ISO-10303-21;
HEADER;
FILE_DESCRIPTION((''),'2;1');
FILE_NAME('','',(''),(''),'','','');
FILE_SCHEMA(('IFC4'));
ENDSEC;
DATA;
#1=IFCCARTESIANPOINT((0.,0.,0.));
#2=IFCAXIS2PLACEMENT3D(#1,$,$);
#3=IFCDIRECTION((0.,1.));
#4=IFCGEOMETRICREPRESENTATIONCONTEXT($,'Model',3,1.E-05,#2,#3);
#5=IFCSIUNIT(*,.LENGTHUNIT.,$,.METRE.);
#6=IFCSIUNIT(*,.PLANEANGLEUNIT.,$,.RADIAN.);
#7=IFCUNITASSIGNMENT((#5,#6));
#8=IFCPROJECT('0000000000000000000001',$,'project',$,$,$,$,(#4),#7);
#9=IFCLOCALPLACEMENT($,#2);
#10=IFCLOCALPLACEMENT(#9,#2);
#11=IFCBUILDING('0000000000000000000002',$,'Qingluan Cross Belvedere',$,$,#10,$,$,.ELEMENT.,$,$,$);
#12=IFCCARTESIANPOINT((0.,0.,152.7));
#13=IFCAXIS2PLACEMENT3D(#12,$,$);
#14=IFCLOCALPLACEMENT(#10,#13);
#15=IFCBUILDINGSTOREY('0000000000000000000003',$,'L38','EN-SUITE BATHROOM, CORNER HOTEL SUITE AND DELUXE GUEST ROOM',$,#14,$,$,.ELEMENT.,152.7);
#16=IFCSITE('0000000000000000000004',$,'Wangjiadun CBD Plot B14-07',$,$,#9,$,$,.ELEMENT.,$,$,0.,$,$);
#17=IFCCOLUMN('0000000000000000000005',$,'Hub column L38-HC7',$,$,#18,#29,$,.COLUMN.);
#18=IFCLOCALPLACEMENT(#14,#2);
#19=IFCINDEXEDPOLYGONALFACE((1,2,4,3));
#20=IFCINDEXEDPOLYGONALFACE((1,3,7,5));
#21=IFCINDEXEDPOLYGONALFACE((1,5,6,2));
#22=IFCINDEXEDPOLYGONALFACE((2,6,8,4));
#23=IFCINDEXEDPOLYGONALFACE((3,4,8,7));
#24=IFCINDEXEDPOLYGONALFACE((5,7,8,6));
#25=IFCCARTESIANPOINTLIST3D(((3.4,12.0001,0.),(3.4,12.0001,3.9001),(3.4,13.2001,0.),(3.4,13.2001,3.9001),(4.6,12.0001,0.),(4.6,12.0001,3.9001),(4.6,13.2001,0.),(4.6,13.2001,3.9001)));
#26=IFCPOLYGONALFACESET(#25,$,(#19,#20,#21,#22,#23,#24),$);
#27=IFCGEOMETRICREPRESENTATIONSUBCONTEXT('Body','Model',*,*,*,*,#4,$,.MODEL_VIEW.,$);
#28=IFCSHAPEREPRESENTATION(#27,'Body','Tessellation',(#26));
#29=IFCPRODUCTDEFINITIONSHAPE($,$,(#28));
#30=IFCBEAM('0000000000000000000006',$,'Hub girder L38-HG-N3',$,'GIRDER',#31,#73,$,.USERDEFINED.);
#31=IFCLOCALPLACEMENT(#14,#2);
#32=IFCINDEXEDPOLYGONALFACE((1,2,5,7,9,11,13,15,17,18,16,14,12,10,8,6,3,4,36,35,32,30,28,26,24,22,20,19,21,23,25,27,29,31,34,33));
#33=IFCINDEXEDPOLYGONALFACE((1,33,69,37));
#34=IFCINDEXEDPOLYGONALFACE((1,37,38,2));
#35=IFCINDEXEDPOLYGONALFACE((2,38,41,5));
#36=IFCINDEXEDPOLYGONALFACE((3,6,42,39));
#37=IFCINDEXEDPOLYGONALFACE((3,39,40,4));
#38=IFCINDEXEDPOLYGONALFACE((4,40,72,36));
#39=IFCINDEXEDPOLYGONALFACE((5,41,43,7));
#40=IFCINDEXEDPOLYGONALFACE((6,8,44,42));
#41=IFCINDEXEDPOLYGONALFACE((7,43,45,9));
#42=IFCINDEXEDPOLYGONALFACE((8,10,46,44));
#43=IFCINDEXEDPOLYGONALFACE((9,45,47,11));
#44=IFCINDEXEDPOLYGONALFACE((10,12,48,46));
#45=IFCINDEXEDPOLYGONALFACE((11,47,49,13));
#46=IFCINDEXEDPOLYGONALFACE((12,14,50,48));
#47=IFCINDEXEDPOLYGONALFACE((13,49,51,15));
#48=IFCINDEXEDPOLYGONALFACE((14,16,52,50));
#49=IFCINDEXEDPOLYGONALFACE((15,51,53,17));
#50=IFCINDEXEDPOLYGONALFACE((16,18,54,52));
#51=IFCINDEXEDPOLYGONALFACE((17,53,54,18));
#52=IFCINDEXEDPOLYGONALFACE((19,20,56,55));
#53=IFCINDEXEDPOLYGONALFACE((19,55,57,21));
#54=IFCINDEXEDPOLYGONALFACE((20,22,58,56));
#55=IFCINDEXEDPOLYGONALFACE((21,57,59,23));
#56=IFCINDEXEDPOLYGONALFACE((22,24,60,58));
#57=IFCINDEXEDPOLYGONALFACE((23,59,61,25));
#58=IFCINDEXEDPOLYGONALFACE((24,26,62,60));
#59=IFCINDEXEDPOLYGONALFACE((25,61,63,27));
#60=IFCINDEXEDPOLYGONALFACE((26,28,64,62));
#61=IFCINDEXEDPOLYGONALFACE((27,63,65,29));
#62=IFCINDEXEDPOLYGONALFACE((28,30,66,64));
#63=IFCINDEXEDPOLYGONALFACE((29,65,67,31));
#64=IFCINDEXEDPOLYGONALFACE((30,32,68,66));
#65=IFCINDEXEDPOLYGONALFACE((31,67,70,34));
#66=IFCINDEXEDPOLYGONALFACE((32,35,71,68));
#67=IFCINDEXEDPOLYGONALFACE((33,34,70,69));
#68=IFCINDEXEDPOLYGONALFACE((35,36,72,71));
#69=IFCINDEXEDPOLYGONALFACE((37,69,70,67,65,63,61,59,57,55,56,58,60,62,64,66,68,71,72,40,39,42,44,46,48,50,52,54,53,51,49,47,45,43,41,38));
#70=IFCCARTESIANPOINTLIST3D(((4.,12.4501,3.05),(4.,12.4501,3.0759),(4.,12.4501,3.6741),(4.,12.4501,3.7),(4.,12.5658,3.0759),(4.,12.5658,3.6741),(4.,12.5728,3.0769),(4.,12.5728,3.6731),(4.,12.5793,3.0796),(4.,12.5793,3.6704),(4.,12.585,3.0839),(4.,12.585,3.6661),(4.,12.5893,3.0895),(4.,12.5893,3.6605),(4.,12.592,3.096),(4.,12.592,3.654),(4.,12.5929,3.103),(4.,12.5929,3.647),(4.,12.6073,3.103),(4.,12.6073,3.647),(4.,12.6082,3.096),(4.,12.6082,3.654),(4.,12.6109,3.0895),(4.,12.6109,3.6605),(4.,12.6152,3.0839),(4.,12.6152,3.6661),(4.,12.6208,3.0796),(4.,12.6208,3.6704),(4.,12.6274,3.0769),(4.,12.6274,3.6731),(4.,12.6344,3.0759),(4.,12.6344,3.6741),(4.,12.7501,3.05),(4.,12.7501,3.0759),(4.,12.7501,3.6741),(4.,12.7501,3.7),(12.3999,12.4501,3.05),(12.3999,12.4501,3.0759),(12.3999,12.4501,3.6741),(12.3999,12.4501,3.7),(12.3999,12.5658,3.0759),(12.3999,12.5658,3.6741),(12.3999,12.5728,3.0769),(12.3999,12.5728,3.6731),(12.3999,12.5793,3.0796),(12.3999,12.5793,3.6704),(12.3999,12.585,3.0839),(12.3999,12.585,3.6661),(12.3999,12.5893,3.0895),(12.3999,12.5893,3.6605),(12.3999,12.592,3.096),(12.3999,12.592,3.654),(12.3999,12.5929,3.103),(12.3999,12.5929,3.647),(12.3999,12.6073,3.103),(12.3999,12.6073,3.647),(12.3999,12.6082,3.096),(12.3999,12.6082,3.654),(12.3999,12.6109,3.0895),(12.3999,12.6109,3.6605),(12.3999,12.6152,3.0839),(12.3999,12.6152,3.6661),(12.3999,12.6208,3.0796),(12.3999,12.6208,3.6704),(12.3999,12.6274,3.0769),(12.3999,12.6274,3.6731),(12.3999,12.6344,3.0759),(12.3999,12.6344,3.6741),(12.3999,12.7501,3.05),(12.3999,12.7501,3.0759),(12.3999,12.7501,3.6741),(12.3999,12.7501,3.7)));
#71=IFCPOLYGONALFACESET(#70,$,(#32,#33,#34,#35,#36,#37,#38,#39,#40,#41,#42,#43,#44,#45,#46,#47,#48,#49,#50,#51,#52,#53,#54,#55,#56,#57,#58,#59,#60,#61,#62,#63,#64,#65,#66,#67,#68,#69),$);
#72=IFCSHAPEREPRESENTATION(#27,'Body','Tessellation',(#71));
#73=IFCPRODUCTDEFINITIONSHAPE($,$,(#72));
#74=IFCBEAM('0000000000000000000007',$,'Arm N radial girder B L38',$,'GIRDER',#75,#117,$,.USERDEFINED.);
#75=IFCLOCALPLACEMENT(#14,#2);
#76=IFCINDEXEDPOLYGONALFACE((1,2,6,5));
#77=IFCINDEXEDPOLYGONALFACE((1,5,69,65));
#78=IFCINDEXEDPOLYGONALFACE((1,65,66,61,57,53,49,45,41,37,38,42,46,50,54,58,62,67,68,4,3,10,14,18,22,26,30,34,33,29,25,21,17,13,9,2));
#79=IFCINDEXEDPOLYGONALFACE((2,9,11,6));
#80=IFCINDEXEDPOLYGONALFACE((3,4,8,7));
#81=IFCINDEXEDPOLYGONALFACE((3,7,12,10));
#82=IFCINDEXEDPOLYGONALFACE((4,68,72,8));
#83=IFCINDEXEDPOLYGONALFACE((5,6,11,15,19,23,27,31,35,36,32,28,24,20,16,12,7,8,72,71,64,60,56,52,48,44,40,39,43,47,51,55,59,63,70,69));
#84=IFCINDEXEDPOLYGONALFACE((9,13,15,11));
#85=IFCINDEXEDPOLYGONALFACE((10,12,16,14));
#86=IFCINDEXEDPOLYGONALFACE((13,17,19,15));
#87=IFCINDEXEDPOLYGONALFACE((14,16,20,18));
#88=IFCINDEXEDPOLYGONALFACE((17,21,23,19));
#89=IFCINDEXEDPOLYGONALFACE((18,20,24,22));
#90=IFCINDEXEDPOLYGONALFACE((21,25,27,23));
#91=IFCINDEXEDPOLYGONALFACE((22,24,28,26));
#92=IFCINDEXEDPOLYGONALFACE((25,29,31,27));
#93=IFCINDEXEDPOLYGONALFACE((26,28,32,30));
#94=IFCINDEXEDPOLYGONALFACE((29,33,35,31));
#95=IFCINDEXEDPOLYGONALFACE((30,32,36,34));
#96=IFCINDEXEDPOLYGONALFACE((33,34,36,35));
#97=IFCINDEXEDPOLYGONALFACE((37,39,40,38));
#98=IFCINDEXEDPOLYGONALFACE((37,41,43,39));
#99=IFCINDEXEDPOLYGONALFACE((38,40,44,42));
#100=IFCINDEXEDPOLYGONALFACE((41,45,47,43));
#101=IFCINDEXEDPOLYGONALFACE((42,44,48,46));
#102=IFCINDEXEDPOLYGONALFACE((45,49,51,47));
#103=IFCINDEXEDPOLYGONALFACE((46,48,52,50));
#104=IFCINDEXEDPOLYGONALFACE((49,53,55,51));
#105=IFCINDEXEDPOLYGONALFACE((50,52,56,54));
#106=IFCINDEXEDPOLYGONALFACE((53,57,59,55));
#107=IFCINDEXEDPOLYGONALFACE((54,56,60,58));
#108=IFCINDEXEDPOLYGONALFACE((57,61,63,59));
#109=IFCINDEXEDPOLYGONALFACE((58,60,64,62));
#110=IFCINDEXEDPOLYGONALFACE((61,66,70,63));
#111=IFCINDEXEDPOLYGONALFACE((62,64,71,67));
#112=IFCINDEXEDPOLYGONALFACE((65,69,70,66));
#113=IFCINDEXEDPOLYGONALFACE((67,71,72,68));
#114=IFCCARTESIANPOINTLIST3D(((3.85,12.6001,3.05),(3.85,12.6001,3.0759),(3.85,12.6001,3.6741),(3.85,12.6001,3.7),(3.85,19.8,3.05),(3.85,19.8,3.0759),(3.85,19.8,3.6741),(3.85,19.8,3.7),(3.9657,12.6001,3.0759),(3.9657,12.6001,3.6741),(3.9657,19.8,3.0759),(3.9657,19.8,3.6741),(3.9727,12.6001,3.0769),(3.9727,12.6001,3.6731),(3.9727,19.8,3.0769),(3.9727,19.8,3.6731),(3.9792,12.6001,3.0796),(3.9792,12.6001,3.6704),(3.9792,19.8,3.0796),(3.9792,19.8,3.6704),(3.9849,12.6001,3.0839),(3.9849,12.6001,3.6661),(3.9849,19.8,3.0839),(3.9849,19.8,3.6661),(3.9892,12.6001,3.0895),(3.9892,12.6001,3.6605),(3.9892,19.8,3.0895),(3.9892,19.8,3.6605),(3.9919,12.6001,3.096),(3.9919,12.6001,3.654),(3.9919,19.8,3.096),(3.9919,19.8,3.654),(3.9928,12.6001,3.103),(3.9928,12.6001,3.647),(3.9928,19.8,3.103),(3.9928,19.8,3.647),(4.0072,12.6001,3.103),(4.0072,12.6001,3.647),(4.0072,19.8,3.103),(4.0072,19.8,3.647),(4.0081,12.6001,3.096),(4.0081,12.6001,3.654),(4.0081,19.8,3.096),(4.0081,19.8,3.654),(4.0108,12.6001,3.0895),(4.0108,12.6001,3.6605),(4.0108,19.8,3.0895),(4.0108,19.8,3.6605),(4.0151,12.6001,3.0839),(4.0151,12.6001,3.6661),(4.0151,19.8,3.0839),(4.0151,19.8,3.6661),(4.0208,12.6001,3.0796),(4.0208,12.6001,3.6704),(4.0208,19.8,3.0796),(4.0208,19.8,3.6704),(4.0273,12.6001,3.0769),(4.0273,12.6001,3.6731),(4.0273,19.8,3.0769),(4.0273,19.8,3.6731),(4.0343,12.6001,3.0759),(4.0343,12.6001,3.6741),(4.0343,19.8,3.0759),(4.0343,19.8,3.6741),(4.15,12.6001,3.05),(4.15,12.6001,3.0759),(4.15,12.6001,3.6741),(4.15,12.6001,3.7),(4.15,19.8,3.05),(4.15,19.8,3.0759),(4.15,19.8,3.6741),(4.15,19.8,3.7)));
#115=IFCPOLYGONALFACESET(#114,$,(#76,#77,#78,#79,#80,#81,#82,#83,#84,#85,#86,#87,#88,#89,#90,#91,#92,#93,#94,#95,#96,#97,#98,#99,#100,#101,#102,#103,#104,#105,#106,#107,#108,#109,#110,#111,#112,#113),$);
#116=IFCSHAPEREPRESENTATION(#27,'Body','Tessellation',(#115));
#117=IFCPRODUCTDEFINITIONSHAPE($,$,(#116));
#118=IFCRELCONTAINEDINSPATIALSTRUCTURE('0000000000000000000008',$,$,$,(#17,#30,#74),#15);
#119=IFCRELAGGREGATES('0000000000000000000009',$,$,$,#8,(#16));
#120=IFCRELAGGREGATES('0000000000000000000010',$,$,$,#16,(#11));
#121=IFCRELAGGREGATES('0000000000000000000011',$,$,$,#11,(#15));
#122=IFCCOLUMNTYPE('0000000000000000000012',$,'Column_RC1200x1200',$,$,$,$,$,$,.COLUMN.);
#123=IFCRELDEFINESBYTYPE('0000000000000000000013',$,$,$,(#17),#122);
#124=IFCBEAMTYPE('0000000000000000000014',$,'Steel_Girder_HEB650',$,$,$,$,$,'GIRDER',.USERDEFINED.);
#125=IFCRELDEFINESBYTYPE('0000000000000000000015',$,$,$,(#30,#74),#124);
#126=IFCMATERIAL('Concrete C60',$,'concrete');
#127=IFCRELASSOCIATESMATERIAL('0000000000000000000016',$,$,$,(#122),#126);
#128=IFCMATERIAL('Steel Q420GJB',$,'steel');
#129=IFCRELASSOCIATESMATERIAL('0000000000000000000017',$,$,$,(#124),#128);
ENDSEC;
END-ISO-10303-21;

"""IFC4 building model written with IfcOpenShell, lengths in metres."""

from ifc_helpers import new_model, si_unit, direction, frame, origin, origin_2d, place, context, subcontext, project, spatial, rectangle, i_section, extrude, material, material_profile, profile_set, type_object, element, save


model = new_model("IFC4")

# Units and contexts
model_context = context("Model", 3, precision=1e-05, world=origin(), true_north=direction((0.0, 1.0)))
body_context = subcontext(model_context, "Body", "Model", "MODEL_VIEW")
ifc_project = project(units=[si_unit("LENGTHUNIT", "METRE"), si_unit("PLANEANGLEUNIT", "RADIAN")], contexts=[model_context])

# Site, building, storey
site_placement = place(None, origin())
site = spatial("IfcSite", under=ifc_project, at=site_placement, Name="Wangjiadun CBD Plot B14-07", CompositionType="ELEMENT", RefElevation=0.0)
building_placement = place(site_placement, origin())
building = spatial("IfcBuilding", under=site, at=building_placement, Name="Qingluan Cross Belvedere", CompositionType="ELEMENT")
storey_placement = place(building_placement, frame((0.0, 0.0, 152.7)))
storey = spatial("IfcBuildingStorey", under=building, at=storey_placement, Name="L38", Description="EN-SUITE BATHROOM, CORNER HOTEL SUITE AND DELUXE GUEST ROOM", CompositionType="ELEMENT", Elevation=152.7)

# Column
ifc_material_1 = material(Name="Concrete C60", Category="concrete")
ifc_material_profile_1 = material_profile(ifc_material_1, rectangle(XDim=1.2, YDim=1.2, at=origin_2d()), Name="RC1200x1200")
ifc_profile_set_1 = profile_set([ifc_material_profile_1], Name="Concrete C60")
column_type = type_object("IfcColumnType", Name="Column_RC1200x1200", PredefinedType="COLUMN", material=ifc_profile_set_1)
column_placement = place(storey_placement, frame((4.0, 12.6001, 0.0), z_axis=(0.0, 0.0, 1.0), x_axis=(1.0, 0.0, 0.0)))
element("IfcColumn", 1, at=column_placement, inside=storey, type_object=column_type, Name="Hub column L38-HC7", PredefinedType="COLUMN", context=body_context, shape_type="SweptSolid", body=[
    extrude(rectangle(XDim=1.2, YDim=1.2, at=origin_2d()), origin(), (0.0, 0.0, 1.0), 3.9001),
])

# Beams
ifc_material_2 = material(Name="Steel Q420GJB", Category="steel")
ifc_material_profile_2 = material_profile(ifc_material_2, i_section(OverallWidth=0.3, OverallDepth=0.6499, WebThickness=0.0144, FlangeThickness=0.0259, FilletRadius=0.0271, at=origin_2d()), Name="HEB650")
ifc_profile_set_2 = profile_set([ifc_material_profile_2], Name="Steel Q420GJB")
beam_type = type_object("IfcBeamType", Name="Steel_Girder_HEB650", ElementType="GIRDER", PredefinedType="USERDEFINED", material=ifc_profile_set_2)
beam_1_placement = place(storey_placement, frame((4.0, 12.6001, 3.375), z_axis=(1.0, 0.0, 0.0), x_axis=(0.0, 1.0, 0.0)))
element("IfcBeam", 2, at=beam_1_placement, inside=storey, type_object=beam_type, Name="Hub girder L38-HG-N3", ObjectType="GIRDER", PredefinedType="USERDEFINED", context=body_context, shape_type="SweptSolid", body=[
    extrude(i_section(OverallWidth=0.3, OverallDepth=0.6499, WebThickness=0.0144, FlangeThickness=0.0259, FilletRadius=0.0271, at=origin_2d()), origin(), (0.0, 0.0, 1.0), 8.3999),
])
beam_2_placement = place(storey_placement, frame((4.0, 12.6001, 3.375), z_axis=(0.0, 1.0, 0.0), x_axis=(-1.0, 0.0, 0.0)))
element("IfcBeam", 3, at=beam_2_placement, inside=storey, type_object=beam_type, Name="Arm N radial girder B L38", ObjectType="GIRDER", PredefinedType="USERDEFINED", context=body_context, shape_type="SweptSolid", body=[
    extrude(i_section(OverallWidth=0.3, OverallDepth=0.6499, WebThickness=0.0144, FlangeThickness=0.0259, FilletRadius=0.0271, at=origin_2d()), origin(), (0.0, 0.0, 1.0), 7.2),
])

save(model, "model.ifc")
